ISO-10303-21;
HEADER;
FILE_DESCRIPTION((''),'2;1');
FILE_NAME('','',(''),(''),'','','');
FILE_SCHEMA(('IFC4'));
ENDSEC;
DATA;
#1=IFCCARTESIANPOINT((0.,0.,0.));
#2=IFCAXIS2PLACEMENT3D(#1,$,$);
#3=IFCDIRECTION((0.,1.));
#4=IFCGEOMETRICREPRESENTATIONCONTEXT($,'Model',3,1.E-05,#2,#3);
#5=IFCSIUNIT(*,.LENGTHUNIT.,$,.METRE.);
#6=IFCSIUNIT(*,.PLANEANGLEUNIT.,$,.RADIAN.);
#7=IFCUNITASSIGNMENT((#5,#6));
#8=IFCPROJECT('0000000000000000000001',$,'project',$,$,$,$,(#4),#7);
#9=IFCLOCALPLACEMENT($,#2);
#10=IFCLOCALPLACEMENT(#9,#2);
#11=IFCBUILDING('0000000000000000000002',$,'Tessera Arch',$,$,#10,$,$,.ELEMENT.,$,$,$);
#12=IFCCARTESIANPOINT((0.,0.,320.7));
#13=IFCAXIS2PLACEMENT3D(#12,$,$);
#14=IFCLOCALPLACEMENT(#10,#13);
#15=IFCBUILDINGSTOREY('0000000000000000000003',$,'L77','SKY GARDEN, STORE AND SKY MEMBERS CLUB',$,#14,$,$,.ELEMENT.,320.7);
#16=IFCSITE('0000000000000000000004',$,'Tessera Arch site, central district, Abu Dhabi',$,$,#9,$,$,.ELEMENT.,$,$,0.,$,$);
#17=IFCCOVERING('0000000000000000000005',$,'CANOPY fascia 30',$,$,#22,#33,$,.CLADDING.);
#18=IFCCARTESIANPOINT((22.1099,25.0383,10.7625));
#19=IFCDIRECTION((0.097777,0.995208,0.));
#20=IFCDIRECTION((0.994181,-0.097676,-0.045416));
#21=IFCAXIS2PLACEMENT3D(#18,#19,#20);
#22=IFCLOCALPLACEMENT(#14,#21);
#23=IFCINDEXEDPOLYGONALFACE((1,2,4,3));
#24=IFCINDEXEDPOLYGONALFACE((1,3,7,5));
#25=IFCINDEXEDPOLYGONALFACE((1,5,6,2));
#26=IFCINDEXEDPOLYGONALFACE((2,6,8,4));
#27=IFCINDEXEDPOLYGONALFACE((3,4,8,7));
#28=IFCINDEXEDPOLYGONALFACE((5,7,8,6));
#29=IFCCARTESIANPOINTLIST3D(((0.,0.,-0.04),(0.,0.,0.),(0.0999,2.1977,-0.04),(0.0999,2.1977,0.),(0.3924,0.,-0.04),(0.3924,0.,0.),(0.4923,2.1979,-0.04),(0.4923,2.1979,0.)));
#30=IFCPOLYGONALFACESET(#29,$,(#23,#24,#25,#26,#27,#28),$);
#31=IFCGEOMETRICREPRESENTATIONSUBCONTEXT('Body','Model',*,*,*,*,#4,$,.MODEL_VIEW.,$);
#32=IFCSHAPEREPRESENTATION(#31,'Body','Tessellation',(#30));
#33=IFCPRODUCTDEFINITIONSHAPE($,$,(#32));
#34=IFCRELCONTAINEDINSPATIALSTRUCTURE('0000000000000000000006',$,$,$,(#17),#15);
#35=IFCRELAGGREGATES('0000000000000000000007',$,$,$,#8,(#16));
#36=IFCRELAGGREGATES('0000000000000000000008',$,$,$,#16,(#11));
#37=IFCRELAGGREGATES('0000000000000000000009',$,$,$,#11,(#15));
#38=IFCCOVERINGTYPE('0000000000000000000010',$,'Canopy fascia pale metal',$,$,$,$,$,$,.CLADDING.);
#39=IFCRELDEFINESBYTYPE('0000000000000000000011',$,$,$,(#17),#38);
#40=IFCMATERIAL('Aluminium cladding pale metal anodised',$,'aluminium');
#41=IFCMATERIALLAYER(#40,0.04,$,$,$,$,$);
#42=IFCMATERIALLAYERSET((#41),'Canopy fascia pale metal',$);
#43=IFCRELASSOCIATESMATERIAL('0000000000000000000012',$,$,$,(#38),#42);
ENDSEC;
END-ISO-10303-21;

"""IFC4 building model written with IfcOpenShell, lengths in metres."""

from ifc_helpers import new_model, si_unit, direction, frame, origin, place, context, subcontext, project, spatial, polyline, outline, extrude, material, layer, layer_set, type_object, element, save


model = new_model("IFC4")

# Units and contexts
model_context = context("Model", 3, precision=1e-05, world=origin(), true_north=direction((0.0, 1.0)))
body_context = subcontext(model_context, "Body", "Model", "MODEL_VIEW")
ifc_project = project(units=[si_unit("LENGTHUNIT", "METRE"), si_unit("PLANEANGLEUNIT", "RADIAN")], contexts=[model_context])

# Site, building, storey
site_placement = place(None, origin())
site = spatial("IfcSite", under=ifc_project, at=site_placement, Name="Tessera Arch site, central district, Abu Dhabi", CompositionType="ELEMENT", RefElevation=0.0)
building_placement = place(site_placement, origin())
building = spatial("IfcBuilding", under=site, at=building_placement, Name="Tessera Arch", CompositionType="ELEMENT")
storey_placement = place(building_placement, frame((0.0, 0.0, 320.7)))
storey = spatial("IfcBuildingStorey", under=building, at=storey_placement, Name="L77", Description="SKY GARDEN, STORE AND SKY MEMBERS CLUB", CompositionType="ELEMENT", Elevation=320.7)

# Covering
ifc_material_1 = material(Name="Aluminium cladding pale metal anodised", Category="aluminium")
ifc_layer_1 = layer(ifc_material_1, 0.04)
ifc_layer_set_1 = layer_set([ifc_layer_1], Name="Canopy fascia pale metal")
covering_type_1 = type_object("IfcCoveringType", Name="Canopy fascia pale metal", PredefinedType="CLADDING", material=ifc_layer_set_1)
covering_1_placement = place(storey_placement, frame((22.1099, 25.0383, 10.7625), z_axis=(0.097777, 0.995208, 0.0), x_axis=(0.994181, -0.097676, -0.045416)))
element("IfcCovering", 1, at=covering_1_placement, inside=storey, type_object=covering_type_1, Name="CANOPY fascia 30", PredefinedType="CLADDING", context=body_context, shape_type="SweptSolid", body=[
    extrude(outline(polyline([(0.0, 0.0), (0.3924, 0.0), (0.4923, 2.1979), (0.0999, 2.1977), (0.0, 0.0)])), origin(), (0.0, 0.0, -1.0), 0.04),
])

save(model, "model.ifc")
